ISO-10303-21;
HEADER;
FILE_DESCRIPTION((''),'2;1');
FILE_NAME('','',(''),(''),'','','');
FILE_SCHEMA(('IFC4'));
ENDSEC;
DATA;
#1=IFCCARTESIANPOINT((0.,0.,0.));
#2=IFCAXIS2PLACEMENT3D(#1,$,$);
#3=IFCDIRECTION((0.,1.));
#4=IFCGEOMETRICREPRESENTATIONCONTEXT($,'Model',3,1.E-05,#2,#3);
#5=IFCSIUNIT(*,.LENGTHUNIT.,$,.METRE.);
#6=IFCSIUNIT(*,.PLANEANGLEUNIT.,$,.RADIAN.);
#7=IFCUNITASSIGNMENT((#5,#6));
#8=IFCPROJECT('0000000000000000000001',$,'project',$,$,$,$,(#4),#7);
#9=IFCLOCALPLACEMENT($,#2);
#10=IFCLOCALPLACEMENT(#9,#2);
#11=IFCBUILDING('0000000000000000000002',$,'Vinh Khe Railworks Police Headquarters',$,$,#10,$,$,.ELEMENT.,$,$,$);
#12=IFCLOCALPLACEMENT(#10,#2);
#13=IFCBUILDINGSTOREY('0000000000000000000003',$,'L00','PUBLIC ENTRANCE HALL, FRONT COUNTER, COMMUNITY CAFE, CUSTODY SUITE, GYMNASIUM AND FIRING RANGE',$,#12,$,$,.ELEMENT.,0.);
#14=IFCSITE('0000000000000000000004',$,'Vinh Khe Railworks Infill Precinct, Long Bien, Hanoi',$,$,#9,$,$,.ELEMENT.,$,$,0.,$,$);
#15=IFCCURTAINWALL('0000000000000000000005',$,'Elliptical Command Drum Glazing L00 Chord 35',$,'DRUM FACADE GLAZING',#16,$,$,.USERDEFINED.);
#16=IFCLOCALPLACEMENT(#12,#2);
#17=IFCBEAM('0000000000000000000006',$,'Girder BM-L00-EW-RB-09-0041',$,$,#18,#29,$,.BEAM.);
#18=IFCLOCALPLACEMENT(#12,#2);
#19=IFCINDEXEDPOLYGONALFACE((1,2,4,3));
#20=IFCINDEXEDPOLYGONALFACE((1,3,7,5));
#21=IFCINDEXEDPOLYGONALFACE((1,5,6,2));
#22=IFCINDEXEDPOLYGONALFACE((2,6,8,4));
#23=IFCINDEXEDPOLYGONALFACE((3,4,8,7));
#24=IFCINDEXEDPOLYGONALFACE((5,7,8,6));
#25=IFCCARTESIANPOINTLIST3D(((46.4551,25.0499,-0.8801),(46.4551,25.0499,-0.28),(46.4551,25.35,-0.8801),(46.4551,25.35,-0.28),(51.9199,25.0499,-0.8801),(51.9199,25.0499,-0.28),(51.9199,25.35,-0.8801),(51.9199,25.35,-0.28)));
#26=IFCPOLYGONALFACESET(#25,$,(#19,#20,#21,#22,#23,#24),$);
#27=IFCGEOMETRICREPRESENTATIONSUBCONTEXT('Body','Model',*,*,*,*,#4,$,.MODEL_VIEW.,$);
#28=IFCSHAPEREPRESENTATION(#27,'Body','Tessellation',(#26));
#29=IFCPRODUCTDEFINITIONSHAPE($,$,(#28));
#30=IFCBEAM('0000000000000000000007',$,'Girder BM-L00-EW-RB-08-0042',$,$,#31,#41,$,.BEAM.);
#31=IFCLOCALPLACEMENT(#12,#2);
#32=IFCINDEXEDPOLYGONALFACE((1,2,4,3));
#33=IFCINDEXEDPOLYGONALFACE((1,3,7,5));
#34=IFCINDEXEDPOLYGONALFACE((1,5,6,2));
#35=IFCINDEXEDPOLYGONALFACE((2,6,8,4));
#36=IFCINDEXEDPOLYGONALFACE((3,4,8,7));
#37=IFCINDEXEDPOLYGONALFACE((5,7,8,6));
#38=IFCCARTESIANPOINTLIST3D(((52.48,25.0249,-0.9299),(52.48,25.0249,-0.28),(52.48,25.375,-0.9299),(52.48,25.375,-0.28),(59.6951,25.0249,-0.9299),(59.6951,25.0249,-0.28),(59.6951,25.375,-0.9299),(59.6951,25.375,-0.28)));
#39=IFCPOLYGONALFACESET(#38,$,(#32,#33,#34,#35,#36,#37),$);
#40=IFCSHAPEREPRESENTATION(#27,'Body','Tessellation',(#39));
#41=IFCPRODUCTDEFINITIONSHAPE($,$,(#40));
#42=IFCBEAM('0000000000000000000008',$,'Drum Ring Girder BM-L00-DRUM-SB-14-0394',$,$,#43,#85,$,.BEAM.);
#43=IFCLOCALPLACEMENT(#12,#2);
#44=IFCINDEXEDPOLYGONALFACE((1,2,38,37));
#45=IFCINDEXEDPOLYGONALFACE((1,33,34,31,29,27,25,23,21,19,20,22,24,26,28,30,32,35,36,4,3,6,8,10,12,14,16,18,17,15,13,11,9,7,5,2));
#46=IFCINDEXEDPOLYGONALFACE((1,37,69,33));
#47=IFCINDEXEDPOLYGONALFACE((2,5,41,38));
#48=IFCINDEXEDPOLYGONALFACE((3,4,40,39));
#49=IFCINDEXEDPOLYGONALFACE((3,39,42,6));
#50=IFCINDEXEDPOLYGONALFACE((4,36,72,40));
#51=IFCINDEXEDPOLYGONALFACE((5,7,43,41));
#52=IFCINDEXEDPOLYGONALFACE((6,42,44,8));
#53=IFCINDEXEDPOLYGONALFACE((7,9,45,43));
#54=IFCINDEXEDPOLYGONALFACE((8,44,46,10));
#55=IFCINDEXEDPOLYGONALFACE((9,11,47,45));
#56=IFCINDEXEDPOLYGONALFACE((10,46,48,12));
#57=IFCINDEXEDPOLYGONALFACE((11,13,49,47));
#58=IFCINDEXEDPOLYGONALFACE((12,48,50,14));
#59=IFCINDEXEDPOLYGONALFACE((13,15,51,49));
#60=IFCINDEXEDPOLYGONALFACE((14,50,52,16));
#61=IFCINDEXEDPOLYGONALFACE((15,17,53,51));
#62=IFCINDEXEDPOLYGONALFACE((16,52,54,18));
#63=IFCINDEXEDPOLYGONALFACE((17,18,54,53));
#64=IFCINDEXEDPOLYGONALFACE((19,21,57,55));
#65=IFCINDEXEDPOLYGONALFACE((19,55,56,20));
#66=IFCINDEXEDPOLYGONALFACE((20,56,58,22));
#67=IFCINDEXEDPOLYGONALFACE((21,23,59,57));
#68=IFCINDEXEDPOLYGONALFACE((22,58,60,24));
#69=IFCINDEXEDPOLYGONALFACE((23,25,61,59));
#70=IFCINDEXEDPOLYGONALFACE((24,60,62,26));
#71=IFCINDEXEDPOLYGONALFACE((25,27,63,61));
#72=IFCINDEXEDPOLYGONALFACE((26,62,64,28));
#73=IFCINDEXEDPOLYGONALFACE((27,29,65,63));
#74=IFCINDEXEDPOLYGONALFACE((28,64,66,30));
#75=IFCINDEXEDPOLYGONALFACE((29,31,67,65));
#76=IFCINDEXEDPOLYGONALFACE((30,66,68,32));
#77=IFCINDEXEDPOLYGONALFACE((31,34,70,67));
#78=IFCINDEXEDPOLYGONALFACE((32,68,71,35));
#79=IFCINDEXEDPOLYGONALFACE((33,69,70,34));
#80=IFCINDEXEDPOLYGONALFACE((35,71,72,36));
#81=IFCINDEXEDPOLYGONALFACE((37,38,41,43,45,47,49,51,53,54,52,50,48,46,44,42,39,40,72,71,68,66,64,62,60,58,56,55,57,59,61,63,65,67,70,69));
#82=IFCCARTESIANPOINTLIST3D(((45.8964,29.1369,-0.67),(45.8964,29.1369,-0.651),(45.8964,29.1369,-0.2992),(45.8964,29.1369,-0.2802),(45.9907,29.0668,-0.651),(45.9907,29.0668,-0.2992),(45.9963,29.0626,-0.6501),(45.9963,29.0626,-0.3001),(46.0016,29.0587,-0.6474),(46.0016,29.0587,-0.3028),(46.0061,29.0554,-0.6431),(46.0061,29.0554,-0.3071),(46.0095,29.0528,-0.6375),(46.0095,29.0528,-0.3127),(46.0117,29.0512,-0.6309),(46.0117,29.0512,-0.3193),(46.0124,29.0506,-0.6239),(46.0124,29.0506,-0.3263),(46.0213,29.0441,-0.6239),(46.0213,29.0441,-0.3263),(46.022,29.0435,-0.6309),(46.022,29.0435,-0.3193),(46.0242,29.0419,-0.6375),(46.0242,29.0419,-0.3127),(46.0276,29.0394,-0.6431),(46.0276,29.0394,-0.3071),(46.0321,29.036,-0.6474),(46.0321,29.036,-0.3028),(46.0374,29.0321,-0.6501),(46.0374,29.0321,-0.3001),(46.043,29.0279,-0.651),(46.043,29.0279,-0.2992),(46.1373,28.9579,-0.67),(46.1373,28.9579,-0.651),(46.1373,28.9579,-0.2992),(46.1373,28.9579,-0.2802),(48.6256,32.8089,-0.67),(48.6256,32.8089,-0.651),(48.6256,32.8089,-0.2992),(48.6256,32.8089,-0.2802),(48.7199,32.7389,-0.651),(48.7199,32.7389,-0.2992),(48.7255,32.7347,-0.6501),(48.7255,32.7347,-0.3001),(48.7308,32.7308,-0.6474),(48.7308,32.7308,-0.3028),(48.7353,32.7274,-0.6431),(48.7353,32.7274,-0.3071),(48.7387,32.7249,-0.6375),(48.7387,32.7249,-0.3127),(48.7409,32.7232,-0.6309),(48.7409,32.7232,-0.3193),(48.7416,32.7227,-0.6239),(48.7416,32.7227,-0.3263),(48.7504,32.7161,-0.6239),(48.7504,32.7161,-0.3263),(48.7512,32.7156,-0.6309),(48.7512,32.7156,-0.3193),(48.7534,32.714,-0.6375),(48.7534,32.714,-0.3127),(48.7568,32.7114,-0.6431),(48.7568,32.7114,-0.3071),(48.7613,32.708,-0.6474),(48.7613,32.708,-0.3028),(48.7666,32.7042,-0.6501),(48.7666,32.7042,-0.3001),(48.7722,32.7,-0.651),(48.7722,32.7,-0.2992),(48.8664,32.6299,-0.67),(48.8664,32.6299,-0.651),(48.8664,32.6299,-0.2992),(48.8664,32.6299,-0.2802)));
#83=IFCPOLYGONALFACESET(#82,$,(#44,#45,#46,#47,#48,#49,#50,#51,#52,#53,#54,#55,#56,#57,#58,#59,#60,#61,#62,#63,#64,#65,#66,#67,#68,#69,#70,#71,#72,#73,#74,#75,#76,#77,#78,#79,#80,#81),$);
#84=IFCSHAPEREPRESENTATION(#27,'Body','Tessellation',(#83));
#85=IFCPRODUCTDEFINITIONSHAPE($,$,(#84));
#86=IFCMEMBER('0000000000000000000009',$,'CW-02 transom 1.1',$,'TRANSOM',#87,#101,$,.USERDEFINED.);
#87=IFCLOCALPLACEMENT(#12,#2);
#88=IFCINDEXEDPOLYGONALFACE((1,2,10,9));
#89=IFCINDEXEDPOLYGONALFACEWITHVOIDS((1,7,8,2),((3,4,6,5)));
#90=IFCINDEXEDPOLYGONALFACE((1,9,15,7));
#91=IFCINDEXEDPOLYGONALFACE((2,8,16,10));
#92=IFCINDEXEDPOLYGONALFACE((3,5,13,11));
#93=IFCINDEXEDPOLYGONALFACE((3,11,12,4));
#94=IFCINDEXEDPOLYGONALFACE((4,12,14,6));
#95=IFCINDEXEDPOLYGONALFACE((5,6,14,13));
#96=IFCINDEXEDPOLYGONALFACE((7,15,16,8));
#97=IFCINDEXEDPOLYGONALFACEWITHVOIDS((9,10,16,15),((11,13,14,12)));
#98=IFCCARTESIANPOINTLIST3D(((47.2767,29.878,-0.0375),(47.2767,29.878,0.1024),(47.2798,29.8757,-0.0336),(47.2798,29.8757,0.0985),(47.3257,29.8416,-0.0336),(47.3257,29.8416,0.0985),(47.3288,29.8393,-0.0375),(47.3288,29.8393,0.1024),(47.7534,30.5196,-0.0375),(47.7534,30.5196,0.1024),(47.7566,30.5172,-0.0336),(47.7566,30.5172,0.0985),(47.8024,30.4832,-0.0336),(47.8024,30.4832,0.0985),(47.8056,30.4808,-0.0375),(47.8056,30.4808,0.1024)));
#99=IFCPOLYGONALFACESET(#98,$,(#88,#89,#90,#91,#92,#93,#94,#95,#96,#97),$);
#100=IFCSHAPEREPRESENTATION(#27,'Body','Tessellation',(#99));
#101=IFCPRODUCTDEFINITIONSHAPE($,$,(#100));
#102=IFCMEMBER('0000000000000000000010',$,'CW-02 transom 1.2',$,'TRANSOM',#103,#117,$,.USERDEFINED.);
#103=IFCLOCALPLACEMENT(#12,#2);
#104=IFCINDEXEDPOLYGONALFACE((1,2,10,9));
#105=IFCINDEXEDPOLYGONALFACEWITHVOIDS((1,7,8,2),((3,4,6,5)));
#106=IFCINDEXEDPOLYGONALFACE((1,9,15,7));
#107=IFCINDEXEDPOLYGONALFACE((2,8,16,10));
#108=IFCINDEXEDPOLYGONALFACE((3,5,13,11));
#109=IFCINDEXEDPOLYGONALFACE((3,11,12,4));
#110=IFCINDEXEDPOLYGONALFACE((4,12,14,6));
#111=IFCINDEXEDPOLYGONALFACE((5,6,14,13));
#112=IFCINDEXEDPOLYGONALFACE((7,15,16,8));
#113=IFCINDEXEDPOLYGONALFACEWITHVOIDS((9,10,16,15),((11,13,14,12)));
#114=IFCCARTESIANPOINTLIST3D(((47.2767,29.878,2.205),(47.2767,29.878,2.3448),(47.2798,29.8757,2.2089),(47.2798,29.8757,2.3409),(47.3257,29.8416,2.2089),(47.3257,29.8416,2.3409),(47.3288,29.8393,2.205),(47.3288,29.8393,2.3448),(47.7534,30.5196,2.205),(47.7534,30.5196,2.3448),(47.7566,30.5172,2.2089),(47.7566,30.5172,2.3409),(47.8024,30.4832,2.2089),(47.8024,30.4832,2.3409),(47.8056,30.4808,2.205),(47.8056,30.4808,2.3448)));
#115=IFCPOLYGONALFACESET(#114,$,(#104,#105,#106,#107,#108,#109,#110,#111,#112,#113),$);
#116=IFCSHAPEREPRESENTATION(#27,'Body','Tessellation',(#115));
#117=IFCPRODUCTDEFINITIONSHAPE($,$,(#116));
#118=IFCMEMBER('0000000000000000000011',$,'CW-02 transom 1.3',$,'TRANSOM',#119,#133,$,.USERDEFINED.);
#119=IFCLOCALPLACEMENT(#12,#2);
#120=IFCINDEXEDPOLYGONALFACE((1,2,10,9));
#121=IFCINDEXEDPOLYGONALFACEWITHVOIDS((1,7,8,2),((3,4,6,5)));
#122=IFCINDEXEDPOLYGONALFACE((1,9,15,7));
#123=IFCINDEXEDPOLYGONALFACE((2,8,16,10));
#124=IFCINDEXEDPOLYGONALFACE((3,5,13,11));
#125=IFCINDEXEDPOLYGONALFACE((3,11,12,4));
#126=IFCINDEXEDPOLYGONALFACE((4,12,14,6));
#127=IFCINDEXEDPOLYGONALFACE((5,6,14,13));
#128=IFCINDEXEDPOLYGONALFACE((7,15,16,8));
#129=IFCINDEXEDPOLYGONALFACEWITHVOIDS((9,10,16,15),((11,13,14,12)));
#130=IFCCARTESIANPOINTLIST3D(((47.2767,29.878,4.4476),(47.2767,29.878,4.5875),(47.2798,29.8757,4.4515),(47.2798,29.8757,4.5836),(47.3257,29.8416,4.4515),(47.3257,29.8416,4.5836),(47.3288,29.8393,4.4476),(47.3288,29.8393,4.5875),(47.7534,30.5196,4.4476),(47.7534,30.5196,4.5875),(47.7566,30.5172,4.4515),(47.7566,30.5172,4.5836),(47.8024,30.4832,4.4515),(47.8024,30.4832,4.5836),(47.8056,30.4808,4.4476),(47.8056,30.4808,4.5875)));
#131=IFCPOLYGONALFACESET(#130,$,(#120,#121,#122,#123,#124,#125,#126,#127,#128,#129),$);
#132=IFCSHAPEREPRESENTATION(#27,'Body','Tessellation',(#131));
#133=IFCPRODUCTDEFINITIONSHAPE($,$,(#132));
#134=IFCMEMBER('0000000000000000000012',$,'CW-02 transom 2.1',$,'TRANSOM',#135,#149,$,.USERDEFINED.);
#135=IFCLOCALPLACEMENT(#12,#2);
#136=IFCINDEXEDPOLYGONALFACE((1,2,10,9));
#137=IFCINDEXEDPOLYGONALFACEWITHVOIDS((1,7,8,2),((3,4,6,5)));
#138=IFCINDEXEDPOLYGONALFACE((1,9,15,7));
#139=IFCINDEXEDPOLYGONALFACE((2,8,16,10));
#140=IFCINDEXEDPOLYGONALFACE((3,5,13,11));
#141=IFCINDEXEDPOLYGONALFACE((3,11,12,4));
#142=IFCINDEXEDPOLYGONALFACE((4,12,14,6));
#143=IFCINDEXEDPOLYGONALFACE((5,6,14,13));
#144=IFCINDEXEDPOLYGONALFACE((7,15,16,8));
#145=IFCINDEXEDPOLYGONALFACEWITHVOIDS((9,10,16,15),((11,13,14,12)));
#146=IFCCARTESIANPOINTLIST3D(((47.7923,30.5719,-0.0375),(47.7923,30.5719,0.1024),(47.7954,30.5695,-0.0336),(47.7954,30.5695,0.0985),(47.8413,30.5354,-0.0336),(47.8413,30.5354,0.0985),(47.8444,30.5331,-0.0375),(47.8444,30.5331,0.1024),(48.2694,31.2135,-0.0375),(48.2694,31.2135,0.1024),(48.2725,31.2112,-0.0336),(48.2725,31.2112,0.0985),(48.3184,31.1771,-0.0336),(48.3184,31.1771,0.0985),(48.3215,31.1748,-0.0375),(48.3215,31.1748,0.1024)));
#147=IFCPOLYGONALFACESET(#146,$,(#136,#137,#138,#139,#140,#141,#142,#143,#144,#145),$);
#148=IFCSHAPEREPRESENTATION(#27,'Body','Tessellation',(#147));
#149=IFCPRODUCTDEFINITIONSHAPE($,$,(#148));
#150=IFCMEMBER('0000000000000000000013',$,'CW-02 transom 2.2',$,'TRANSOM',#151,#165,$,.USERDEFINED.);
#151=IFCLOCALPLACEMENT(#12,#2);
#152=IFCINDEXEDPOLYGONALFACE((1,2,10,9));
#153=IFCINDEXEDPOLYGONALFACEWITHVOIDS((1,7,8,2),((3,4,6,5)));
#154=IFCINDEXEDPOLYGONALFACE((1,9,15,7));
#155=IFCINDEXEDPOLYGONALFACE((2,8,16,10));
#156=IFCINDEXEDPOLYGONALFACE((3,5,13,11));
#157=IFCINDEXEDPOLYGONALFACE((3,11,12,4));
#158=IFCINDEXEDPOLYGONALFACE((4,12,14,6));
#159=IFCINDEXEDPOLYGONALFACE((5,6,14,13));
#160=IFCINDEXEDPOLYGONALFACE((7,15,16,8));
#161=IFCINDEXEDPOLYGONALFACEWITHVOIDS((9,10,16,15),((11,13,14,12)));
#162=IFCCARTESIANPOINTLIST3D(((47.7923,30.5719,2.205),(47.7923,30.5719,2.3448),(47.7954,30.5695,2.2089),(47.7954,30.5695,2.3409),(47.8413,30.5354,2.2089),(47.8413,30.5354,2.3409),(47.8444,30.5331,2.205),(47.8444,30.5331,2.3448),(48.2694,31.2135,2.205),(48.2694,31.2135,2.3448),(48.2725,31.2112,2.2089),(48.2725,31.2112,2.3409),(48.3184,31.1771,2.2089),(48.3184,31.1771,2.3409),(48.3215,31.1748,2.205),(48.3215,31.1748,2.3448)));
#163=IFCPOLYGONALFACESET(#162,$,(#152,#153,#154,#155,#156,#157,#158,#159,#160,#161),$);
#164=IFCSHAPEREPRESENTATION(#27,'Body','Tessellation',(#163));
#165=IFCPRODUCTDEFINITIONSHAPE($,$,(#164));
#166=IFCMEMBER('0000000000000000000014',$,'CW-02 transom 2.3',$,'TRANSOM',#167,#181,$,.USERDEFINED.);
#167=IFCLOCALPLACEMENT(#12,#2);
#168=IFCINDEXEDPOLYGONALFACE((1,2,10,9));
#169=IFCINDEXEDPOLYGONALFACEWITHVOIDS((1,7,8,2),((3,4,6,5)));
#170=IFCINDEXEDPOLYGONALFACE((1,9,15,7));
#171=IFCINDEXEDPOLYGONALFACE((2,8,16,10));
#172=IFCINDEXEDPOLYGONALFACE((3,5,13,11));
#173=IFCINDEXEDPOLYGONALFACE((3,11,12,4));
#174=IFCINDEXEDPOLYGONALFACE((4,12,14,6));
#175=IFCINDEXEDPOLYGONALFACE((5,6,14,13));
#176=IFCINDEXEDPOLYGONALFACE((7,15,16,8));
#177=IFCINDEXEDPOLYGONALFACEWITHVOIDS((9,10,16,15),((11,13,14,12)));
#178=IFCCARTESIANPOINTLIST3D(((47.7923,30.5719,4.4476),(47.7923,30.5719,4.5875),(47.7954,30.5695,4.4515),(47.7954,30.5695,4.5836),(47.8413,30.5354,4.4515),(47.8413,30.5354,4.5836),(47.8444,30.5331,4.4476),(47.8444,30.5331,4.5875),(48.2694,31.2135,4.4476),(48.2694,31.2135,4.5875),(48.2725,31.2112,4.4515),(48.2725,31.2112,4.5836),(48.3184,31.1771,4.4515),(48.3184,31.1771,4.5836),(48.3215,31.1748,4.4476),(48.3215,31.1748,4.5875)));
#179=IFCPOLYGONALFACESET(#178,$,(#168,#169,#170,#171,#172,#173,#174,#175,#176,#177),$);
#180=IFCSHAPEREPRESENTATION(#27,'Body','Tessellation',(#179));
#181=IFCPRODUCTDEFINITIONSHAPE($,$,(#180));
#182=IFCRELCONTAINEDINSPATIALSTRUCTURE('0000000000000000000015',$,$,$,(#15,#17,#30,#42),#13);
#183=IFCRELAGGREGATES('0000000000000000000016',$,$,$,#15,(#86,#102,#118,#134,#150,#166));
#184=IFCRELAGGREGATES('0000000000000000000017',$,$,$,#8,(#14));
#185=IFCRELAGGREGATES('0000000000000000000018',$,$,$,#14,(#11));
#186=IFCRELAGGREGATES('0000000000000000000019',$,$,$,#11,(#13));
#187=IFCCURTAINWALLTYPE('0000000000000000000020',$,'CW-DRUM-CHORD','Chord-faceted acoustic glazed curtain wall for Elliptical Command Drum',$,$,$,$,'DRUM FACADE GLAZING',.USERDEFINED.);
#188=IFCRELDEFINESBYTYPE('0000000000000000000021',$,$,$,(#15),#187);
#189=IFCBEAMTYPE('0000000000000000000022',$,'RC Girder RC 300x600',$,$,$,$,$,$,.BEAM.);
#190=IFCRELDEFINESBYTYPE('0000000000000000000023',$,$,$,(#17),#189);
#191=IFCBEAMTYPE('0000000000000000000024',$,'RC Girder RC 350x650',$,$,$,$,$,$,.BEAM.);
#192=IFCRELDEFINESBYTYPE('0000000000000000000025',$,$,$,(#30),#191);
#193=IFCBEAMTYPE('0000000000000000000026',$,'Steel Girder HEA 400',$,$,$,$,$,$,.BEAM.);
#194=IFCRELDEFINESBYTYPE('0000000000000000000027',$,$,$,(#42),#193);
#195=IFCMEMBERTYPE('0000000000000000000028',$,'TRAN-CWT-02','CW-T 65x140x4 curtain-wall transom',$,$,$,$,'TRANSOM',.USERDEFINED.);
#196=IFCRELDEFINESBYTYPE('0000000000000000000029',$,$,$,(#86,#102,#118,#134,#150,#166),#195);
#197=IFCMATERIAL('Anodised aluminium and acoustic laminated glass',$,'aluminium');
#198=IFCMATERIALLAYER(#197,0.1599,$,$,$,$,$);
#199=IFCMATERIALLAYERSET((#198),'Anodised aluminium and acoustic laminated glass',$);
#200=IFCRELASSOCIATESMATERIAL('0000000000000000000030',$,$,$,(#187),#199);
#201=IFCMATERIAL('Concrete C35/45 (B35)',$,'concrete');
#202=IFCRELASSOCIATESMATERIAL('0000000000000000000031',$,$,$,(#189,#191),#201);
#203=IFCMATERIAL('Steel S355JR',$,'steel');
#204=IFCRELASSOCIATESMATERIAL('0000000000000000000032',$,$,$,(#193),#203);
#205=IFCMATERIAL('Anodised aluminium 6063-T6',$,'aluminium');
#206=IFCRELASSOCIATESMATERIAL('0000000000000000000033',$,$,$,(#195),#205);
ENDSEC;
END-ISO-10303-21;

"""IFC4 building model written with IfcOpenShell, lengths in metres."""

from ifc_helpers import new_model, si_unit, direction, frame, origin, origin_2d, place, context, subcontext, project, spatial, rectangle, hollow_rectangle, i_section, extrude, material, layer, layer_set, material_profile, profile_set, type_object, element, aggregate, save


model = new_model("IFC4")

# Units and contexts
model_context = context("Model", 3, precision=1e-05, world=origin(), true_north=direction((0.0, 1.0)))
body_context = subcontext(model_context, "Body", "Model", "MODEL_VIEW")
ifc_project = project(units=[si_unit("LENGTHUNIT", "METRE"), si_unit("PLANEANGLEUNIT", "RADIAN")], contexts=[model_context])

# Site, building, storey
site_placement = place(None, origin())
site = spatial("IfcSite", under=ifc_project, at=site_placement, Name="Vinh Khe Railworks Infill Precinct, Long Bien, Hanoi", CompositionType="ELEMENT", RefElevation=0.0)
building_placement = place(site_placement, origin())
building = spatial("IfcBuilding", under=site, at=building_placement, Name="Vinh Khe Railworks Police Headquarters", CompositionType="ELEMENT")
storey_placement = place(building_placement, origin())
storey = spatial("IfcBuildingStorey", under=building, at=storey_placement, Name="L00", Description="PUBLIC ENTRANCE HALL, FRONT COUNTER, COMMUNITY CAFE, CUSTODY SUITE, GYMNASIUM AND FIRING RANGE", CompositionType="ELEMENT", Elevation=0.0)

# Shared definitions
ifc_material_1 = material(Name="Steel S355JR", Category="steel")

# Shared definitions
ifc_material_2 = material(Name="Anodised aluminium and acoustic laminated glass", Category="aluminium")
ifc_layer_1 = layer(ifc_material_2, 0.1599)
ifc_layer_set_1 = layer_set([ifc_layer_1], Name="Anodised aluminium and acoustic laminated glass")
curtain_wall_type_1 = type_object("IfcCurtainWallType", Name="CW-DRUM-CHORD", Description="Chord-faceted acoustic glazed curtain wall for Elliptical Command Drum", ElementType="DRUM FACADE GLAZING", PredefinedType="USERDEFINED", material=ifc_layer_set_1)
ifc_material_3 = material(Name="Anodised aluminium 6063-T6", Category="aluminium")

# Curtain wall
curtain_wall_1_placement = place(storey_placement, origin())
curtain_wall_1 = element("IfcCurtainWall", 1, at=curtain_wall_1_placement, inside=storey, type_object=curtain_wall_type_1, Name="Elliptical Command Drum Glazing L00 Chord 35", ObjectType="DRUM FACADE GLAZING", PredefinedType="USERDEFINED")

# Beams
ifc_material_4 = material(Name="Concrete C35/45 (B35)", Category="concrete")
ifc_material_profile_1 = material_profile(ifc_material_4, rectangle(XDim=0.3, YDim=0.6001, at=origin_2d()), Name="RC 300x600")
ifc_profile_set_1 = profile_set([ifc_material_profile_1], Name="Concrete C35/45 (B35)")
beam_type_1 = type_object("IfcBeamType", Name="RC Girder RC 300x600", PredefinedType="BEAM", material=ifc_profile_set_1)
beam_1_placement = place(storey_placement, frame((46.4551, 25.2, -0.5801), z_axis=(1.0, 0.0, 0.0), x_axis=(0.0, 1.0, 0.0)))
element("IfcBeam", 2, at=beam_1_placement, inside=storey, type_object=beam_type_1, Name="Girder BM-L00-EW-RB-09-0041", PredefinedType="BEAM", context=body_context, shape_type="SweptSolid", body=[
    extrude(rectangle(XDim=0.3, YDim=0.6001, at=origin_2d()), origin(), (0.0, 0.0, 1.0), 5.4648),
])
ifc_material_profile_2 = material_profile(ifc_material_4, rectangle(XDim=0.3501, YDim=0.6499, at=origin_2d()), Name="RC 350x650")
ifc_profile_set_2 = profile_set([ifc_material_profile_2], Name="Concrete C35/45 (B35)")
beam_type_2 = type_object("IfcBeamType", Name="RC Girder RC 350x650", PredefinedType="BEAM", material=ifc_profile_set_2)
beam_2_placement = place(storey_placement, frame((52.48, 25.2, -0.605), z_axis=(1.0, 0.0, 0.0), x_axis=(0.0, 1.0, 0.0)))
element("IfcBeam", 3, at=beam_2_placement, inside=storey, type_object=beam_type_2, Name="Girder BM-L00-EW-RB-08-0042", PredefinedType="BEAM", context=body_context, shape_type="SweptSolid", body=[
    extrude(rectangle(XDim=0.3501, YDim=0.6499, at=origin_2d()), origin(), (0.0, 0.0, 1.0), 7.2151),
])
ifc_material_profile_3 = material_profile(ifc_material_1, i_section(OverallWidth=0.3, OverallDepth=0.3899, WebThickness=0.011, FlangeThickness=0.019, FilletRadius=0.0271, at=origin_2d()), Name="HEA 400")
ifc_profile_set_3 = profile_set([ifc_material_profile_3], Name="Steel S355JR")
beam_type_3 = type_object("IfcBeamType", Name="Steel Girder HEA 400", PredefinedType="BEAM", material=ifc_profile_set_3)
beam_3_placement = place(storey_placement, frame((46.0168, 29.0474, -0.4751), z_axis=(0.596519, 0.802599, 0.0), x_axis=(-0.802599, 0.596519, 0.0)))
element("IfcBeam", 4, at=beam_3_placement, inside=storey, type_object=beam_type_3, Name="Drum Ring Girder BM-L00-DRUM-SB-14-0394", PredefinedType="BEAM", context=body_context, shape_type="SweptSolid", body=[
    extrude(i_section(OverallWidth=0.3, OverallDepth=0.3899, WebThickness=0.011, FlangeThickness=0.019, FilletRadius=0.0271, at=origin_2d()), origin(), (0.0, 0.0, 1.0), 4.5752),
])

# Members
ifc_material_profile_4 = material_profile(ifc_material_3, hollow_rectangle(XDim=0.0649, YDim=0.1399, WallThickness=0.0039, at=origin_2d()), Name="CW-T 65x140x4")
ifc_profile_set_4 = profile_set([ifc_material_profile_4], Name="Anodised aluminium 6063-T6")
member_type_1 = type_object("IfcMemberType", Name="TRAN-CWT-02", Description="CW-T 65x140x4 curtain-wall transom", ElementType="TRANSOM", PredefinedType="USERDEFINED", material=ifc_profile_set_4)
member_1_placement = place(storey_placement, frame((47.3027, 29.8586, 0.0325), z_axis=(0.596476, 0.802631, 0.0), x_axis=(-0.802631, 0.596476, 0.0)))
member_1 = element("IfcMember", 5, at=member_1_placement, type_object=member_type_1, Name="CW-02 transom 1.1", ObjectType="TRANSOM", PredefinedType="USERDEFINED", context=body_context, shape_type="SweptSolid", body=[
    extrude(hollow_rectangle(XDim=0.0649, YDim=0.1399, WallThickness=0.0039, at=origin_2d()), origin(), (0.0, 0.0, 1.0), 0.7993),
])
member_2_placement = place(storey_placement, frame((47.3027, 29.8586, 2.2749), z_axis=(0.596476, 0.802631, 0.0), x_axis=(-0.802631, 0.596476, 0.0)))
member_2 = element("IfcMember", 6, at=member_2_placement, type_object=member_type_1, Name="CW-02 transom 1.2", ObjectType="TRANSOM", PredefinedType="USERDEFINED", context=body_context, shape_type="SweptSolid", body=[
    extrude(hollow_rectangle(XDim=0.0649, YDim=0.1399, WallThickness=0.0039, at=origin_2d()), origin(), (0.0, 0.0, 1.0), 0.7993),
])
member_3_placement = place(storey_placement, frame((47.3027, 29.8586, 4.5176), z_axis=(0.596476, 0.802631, 0.0), x_axis=(-0.802631, 0.596476, 0.0)))
member_3 = element("IfcMember", 7, at=member_3_placement, type_object=member_type_1, Name="CW-02 transom 1.3", ObjectType="TRANSOM", PredefinedType="USERDEFINED", context=body_context, shape_type="SweptSolid", body=[
    extrude(hollow_rectangle(XDim=0.0649, YDim=0.1399, WallThickness=0.0039, at=origin_2d()), origin(), (0.0, 0.0, 1.0), 0.7993),
])
member_4_placement = place(storey_placement, frame((47.8184, 30.5525, 0.0325), z_axis=(0.596673, 0.802485, 0.0), x_axis=(-0.802485, 0.596673, 0.0)))
member_4 = element("IfcMember", 8, at=member_4_placement, type_object=member_type_1, Name="CW-02 transom 2.1", ObjectType="TRANSOM", PredefinedType="USERDEFINED", context=body_context, shape_type="SweptSolid", body=[
    extrude(hollow_rectangle(XDim=0.0649, YDim=0.1399, WallThickness=0.0039, at=origin_2d()), origin(), (0.0, 0.0, 1.0), 0.7996),
])
member_5_placement = place(storey_placement, frame((47.8184, 30.5525, 2.2749), z_axis=(0.596673, 0.802485, 0.0), x_axis=(-0.802485, 0.596673, 0.0)))
member_5 = element("IfcMember", 9, at=member_5_placement, type_object=member_type_1, Name="CW-02 transom 2.2", ObjectType="TRANSOM", PredefinedType="USERDEFINED", context=body_context, shape_type="SweptSolid", body=[
    extrude(hollow_rectangle(XDim=0.0649, YDim=0.1399, WallThickness=0.0039, at=origin_2d()), origin(), (0.0, 0.0, 1.0), 0.7996),
])
member_6_placement = place(storey_placement, frame((47.8184, 30.5525, 4.5176), z_axis=(0.596673, 0.802485, 0.0), x_axis=(-0.802485, 0.596673, 0.0)))
member_6 = element("IfcMember", 10, at=member_6_placement, type_object=member_type_1, Name="CW-02 transom 2.3", ObjectType="TRANSOM", PredefinedType="USERDEFINED", context=body_context, shape_type="SweptSolid", body=[
    extrude(hollow_rectangle(XDim=0.0649, YDim=0.1399, WallThickness=0.0039, at=origin_2d()), origin(), (0.0, 0.0, 1.0), 0.7996),
])

aggregate(curtain_wall_1, [member_1, member_2, member_3, member_4, member_5, member_6])

save(model, "model.ifc")
